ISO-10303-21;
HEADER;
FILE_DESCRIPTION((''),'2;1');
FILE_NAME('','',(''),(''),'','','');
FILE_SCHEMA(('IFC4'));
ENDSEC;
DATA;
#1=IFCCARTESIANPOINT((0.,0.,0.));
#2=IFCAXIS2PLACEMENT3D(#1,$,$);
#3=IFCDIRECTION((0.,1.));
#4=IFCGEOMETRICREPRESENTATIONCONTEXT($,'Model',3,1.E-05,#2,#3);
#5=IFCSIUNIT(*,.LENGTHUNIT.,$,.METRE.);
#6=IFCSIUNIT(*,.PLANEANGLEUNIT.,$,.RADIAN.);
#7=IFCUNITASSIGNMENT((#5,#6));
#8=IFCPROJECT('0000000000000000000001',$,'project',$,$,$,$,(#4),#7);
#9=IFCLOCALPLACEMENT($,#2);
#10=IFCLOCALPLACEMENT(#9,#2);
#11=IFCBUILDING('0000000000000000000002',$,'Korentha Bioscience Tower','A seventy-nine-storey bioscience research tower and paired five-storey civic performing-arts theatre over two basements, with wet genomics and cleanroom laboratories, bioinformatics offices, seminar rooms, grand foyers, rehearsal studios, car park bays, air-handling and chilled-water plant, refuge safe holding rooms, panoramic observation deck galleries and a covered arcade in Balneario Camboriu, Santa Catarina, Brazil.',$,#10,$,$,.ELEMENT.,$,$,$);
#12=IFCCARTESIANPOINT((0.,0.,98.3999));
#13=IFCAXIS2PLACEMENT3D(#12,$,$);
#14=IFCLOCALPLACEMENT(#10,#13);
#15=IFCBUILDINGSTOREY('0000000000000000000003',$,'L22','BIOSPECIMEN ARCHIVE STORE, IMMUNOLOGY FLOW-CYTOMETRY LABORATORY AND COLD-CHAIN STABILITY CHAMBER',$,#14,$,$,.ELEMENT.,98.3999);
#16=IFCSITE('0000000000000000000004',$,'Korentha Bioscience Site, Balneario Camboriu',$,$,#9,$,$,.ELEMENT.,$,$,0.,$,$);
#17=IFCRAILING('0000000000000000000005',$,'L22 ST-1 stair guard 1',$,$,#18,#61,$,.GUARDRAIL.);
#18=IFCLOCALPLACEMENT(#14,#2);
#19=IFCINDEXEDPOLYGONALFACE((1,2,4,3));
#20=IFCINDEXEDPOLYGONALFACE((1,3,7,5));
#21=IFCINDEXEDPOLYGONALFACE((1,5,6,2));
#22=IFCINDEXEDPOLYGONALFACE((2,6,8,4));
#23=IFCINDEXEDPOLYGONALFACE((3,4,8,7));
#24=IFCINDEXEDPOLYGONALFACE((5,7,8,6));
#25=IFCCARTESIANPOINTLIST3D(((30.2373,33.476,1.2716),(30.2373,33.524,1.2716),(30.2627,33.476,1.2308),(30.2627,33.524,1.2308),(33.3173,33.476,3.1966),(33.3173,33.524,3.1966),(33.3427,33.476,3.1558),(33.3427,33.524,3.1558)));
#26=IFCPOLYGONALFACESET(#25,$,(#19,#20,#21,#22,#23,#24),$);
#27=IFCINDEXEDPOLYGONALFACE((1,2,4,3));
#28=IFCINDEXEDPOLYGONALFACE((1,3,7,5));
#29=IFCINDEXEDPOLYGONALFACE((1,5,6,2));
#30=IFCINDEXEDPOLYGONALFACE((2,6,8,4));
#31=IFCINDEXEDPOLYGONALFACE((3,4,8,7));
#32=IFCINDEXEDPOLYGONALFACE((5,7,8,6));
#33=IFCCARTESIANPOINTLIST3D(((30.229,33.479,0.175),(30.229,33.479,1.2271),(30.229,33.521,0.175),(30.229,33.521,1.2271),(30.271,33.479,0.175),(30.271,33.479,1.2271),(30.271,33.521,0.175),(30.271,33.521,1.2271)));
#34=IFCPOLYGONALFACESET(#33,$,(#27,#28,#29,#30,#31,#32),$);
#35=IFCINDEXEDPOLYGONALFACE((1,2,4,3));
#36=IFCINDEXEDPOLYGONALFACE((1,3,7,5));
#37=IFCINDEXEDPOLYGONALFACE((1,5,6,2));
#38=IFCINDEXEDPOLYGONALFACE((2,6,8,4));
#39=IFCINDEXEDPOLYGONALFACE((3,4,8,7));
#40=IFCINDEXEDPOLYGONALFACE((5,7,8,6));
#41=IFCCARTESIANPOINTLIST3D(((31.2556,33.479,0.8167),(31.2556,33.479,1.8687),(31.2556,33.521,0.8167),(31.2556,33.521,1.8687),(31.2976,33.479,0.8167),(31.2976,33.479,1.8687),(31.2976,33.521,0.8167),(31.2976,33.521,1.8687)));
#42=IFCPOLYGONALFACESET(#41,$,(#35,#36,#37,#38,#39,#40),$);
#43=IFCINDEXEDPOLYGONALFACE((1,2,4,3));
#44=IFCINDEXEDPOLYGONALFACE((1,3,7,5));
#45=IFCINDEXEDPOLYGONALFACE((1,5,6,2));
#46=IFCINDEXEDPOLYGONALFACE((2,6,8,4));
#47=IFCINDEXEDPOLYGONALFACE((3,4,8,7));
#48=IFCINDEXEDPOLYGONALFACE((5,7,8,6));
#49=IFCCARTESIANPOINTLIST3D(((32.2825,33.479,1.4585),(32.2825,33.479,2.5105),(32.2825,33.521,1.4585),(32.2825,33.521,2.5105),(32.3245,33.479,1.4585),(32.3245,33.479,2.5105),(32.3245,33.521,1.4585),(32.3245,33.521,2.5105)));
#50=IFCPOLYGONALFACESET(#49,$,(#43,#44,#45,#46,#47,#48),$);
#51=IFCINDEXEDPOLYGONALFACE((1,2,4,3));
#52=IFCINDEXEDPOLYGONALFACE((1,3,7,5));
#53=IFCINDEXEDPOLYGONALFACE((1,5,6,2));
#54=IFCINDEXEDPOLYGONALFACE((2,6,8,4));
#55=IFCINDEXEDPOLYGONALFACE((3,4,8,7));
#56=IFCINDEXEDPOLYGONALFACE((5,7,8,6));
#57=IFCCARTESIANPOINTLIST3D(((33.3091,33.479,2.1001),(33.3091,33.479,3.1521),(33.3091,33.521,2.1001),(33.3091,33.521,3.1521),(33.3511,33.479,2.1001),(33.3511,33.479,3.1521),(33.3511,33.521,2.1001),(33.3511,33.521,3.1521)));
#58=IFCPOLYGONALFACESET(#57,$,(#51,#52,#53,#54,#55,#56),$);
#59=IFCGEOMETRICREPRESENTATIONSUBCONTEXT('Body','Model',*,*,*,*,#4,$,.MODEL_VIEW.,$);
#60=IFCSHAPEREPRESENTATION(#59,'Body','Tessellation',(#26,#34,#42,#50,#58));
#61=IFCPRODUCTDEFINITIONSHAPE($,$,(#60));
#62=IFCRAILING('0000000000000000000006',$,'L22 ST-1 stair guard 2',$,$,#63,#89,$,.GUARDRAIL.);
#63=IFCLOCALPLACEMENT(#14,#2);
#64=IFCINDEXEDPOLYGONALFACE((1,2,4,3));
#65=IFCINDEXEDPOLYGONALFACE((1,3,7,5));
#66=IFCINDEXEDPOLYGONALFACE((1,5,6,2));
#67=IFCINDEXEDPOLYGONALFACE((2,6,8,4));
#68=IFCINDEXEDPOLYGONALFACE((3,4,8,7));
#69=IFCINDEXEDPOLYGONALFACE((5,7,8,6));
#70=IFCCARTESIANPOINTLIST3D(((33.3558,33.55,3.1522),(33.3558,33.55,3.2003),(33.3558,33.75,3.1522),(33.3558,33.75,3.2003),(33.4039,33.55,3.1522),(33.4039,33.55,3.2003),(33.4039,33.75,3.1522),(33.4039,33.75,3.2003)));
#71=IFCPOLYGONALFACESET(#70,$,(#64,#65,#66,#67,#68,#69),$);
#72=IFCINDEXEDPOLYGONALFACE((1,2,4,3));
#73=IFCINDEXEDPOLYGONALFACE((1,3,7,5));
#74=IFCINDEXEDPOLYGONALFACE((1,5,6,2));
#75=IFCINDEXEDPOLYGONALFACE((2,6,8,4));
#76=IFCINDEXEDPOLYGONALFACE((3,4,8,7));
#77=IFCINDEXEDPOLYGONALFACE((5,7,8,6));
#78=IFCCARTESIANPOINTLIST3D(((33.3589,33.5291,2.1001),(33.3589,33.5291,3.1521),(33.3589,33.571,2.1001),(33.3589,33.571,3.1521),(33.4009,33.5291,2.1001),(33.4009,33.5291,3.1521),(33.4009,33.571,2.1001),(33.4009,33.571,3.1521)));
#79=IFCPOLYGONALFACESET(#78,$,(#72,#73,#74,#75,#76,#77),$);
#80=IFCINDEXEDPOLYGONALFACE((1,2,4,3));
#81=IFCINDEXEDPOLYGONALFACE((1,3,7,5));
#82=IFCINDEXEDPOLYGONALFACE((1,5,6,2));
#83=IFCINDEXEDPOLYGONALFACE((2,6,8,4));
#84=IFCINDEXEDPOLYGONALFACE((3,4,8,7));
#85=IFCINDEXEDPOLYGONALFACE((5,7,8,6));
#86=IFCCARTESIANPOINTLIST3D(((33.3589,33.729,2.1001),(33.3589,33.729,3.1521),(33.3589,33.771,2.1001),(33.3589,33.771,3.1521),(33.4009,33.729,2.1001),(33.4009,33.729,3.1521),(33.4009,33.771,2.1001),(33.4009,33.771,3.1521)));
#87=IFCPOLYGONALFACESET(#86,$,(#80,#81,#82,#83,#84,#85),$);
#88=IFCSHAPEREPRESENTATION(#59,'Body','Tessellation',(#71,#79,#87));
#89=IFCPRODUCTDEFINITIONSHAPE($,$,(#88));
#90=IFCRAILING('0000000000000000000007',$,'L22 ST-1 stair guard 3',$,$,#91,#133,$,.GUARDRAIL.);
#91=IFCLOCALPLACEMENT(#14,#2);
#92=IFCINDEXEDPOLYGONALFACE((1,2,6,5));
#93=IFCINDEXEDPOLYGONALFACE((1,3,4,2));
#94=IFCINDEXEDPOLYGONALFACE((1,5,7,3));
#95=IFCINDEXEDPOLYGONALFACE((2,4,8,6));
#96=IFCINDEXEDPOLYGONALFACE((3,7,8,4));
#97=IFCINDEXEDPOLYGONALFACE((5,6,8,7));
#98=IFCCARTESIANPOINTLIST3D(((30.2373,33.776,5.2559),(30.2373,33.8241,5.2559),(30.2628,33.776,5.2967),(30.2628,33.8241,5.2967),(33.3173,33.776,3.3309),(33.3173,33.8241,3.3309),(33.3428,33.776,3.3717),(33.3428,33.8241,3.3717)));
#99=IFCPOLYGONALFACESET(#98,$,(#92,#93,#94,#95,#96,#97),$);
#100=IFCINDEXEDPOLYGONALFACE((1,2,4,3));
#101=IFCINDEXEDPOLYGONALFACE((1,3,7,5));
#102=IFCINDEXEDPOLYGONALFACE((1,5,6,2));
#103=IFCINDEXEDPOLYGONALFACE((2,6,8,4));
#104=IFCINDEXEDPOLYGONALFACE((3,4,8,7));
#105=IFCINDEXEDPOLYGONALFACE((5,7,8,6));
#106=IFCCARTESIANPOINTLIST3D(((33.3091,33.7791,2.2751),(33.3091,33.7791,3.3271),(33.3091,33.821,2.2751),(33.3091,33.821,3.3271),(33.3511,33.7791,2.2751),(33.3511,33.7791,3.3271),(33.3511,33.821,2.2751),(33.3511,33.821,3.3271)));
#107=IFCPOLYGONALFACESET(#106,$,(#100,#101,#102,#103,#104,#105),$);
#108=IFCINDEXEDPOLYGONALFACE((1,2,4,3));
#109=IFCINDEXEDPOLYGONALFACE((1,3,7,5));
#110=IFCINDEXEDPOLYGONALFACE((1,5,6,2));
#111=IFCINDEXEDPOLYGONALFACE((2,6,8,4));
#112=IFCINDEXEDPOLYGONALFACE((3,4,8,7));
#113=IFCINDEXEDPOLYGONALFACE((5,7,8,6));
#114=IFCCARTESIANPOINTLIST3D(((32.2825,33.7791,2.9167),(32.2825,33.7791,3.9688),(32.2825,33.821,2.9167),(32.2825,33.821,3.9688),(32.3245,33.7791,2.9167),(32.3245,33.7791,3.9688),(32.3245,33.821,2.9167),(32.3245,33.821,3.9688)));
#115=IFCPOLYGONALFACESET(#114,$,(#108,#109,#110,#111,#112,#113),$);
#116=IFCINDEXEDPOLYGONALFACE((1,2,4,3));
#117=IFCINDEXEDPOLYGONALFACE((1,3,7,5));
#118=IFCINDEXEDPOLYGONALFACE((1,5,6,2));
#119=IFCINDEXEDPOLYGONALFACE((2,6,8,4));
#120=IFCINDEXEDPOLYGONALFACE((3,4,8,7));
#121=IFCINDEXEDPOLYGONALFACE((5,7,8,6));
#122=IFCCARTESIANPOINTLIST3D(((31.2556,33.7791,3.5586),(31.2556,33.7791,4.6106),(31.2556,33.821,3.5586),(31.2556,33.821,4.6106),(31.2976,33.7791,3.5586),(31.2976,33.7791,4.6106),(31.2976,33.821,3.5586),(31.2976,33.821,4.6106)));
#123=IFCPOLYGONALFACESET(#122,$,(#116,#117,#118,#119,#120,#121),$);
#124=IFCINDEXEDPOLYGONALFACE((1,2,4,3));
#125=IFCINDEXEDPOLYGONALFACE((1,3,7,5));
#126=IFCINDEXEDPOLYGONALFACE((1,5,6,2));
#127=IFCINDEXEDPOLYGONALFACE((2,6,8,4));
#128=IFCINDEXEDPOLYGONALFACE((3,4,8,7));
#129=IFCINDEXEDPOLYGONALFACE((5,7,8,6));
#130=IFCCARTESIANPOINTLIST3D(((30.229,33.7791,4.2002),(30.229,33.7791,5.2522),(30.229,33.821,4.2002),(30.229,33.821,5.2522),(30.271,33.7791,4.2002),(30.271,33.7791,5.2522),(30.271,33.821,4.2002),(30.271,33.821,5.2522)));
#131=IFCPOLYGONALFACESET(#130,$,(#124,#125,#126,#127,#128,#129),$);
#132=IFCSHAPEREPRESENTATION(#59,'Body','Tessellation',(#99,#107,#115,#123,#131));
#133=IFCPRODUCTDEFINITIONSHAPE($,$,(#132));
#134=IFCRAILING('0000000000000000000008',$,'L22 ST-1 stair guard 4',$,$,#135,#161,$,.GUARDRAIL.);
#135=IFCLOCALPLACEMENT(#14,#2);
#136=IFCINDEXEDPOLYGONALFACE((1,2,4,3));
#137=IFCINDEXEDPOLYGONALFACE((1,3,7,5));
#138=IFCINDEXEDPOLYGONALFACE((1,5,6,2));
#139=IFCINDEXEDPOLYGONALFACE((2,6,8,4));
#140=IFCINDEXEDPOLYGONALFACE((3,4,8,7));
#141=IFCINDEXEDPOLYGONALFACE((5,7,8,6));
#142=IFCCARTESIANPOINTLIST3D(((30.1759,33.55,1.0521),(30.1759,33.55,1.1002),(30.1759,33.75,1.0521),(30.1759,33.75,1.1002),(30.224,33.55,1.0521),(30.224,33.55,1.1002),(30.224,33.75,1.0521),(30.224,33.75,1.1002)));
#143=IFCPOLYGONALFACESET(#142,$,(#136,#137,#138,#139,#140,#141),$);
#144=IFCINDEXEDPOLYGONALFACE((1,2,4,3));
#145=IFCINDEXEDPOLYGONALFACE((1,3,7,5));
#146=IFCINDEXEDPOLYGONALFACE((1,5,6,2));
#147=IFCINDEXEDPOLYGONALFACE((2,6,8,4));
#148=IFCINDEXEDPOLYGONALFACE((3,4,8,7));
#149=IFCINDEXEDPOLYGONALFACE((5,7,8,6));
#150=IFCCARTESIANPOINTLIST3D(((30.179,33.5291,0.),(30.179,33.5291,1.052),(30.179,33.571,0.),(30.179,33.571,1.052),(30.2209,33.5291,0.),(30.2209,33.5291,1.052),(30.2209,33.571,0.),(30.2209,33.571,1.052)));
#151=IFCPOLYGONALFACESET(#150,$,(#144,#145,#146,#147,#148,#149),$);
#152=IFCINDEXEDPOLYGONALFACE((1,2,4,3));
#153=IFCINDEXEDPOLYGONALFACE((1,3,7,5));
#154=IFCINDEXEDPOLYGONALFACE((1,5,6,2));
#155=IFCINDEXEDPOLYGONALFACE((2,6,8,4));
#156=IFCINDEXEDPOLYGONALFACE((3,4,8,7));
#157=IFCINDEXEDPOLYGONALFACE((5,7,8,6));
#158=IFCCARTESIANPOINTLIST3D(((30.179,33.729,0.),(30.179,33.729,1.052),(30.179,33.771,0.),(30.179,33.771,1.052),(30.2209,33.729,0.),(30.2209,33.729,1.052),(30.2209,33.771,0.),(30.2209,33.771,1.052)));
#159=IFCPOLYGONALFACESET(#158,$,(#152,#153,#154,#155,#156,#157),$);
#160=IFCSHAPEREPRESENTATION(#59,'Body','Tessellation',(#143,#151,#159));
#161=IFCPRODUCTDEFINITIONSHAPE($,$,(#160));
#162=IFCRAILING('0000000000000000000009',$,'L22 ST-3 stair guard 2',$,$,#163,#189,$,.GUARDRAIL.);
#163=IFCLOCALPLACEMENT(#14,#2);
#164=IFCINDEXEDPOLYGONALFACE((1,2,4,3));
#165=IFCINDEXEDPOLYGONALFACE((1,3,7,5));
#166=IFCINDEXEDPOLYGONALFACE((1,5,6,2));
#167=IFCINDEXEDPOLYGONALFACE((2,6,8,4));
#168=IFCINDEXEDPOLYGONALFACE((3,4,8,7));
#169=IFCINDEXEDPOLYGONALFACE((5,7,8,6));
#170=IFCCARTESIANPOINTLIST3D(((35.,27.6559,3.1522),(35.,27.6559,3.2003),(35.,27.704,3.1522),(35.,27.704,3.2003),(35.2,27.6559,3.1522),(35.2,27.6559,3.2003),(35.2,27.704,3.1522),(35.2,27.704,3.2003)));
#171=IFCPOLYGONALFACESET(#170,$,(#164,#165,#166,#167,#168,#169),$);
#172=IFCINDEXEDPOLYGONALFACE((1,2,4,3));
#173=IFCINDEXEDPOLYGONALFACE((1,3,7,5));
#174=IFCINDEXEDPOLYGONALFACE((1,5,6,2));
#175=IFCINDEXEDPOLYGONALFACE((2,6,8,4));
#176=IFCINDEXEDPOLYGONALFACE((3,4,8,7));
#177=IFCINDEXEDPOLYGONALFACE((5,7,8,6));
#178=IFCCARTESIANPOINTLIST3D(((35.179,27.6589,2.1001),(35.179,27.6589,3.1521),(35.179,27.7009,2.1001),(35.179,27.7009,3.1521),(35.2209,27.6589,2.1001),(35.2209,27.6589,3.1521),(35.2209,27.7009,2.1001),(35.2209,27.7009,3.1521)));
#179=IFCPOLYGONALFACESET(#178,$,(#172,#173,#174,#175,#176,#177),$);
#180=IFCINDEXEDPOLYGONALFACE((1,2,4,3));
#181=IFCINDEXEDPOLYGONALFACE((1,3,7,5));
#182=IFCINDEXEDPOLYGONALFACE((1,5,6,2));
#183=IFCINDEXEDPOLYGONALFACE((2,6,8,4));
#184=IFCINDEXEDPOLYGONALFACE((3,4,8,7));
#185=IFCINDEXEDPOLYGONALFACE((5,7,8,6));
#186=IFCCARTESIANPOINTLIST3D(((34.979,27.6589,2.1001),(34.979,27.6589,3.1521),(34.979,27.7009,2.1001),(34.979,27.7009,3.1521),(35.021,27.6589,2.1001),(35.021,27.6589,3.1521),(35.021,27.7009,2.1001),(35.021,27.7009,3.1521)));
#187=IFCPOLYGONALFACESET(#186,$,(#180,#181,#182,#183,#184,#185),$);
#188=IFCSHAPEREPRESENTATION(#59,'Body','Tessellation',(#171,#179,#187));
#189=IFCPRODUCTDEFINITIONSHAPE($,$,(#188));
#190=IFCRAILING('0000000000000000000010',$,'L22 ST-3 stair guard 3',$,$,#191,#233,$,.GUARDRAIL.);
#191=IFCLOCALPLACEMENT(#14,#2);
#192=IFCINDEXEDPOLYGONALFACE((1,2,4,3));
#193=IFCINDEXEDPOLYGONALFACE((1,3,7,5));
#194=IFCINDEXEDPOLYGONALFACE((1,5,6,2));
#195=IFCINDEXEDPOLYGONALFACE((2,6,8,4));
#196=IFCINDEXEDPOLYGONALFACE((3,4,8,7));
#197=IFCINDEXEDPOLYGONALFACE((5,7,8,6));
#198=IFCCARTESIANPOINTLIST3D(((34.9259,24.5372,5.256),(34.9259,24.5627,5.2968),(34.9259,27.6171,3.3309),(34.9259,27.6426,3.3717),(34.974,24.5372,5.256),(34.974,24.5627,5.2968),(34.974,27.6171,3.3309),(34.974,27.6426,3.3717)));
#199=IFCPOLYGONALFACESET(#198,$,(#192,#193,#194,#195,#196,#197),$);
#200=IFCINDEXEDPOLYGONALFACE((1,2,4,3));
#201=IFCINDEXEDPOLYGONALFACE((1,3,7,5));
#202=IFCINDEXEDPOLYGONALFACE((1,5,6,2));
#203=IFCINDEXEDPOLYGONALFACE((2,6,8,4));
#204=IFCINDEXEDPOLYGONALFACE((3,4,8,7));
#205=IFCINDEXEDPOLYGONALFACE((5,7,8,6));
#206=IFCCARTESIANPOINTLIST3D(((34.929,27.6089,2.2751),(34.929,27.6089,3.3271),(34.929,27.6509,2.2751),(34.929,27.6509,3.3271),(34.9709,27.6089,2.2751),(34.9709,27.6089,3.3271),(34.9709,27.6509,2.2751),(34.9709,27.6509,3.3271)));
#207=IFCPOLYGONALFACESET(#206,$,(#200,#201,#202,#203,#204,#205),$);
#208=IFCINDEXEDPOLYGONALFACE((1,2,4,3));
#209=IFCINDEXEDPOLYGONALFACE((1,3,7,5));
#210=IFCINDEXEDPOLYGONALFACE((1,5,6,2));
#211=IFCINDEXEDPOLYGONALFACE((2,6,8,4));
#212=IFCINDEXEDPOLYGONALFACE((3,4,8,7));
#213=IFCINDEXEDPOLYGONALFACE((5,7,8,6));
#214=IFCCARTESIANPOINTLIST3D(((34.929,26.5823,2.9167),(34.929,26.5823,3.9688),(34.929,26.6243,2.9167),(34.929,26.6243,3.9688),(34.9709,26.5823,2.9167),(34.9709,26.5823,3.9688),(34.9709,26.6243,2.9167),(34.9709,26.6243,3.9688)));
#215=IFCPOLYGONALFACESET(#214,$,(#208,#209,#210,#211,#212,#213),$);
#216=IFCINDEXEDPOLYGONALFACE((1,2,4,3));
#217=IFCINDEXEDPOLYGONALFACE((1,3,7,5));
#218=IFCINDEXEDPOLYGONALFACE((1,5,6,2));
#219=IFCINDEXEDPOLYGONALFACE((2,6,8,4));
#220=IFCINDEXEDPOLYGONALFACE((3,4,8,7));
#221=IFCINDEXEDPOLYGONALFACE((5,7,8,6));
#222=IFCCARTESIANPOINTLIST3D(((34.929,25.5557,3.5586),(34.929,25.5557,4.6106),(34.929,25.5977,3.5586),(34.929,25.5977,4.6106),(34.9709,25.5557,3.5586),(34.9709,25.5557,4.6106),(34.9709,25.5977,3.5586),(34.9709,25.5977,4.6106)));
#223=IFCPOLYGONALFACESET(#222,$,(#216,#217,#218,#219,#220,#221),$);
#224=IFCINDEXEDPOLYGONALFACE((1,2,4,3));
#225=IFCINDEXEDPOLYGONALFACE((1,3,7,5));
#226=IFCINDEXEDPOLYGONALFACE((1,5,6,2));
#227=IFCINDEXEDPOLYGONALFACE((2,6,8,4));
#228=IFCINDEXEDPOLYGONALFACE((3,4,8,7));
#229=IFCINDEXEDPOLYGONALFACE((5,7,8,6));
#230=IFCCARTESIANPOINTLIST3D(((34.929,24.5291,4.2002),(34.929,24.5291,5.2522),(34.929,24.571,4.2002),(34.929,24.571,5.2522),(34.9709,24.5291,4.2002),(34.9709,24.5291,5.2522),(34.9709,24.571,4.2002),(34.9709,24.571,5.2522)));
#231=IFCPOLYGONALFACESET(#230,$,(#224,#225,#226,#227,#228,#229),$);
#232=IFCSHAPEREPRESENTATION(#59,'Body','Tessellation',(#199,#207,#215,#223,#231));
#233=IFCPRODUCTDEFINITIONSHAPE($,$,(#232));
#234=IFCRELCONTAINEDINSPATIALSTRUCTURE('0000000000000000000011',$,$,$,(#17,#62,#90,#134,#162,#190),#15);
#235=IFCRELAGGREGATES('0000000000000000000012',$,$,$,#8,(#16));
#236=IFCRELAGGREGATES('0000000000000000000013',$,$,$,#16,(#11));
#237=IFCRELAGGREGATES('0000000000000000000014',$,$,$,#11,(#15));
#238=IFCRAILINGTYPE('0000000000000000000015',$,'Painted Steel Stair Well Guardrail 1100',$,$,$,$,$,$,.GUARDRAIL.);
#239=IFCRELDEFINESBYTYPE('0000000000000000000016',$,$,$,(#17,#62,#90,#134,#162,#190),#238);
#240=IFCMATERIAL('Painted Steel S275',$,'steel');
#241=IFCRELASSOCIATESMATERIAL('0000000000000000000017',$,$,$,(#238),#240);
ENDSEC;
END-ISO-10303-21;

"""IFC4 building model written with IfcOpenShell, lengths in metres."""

from ifc_helpers import new_model, si_unit, direction, frame, origin, origin_2d, place, context, subcontext, project, spatial, rectangle, extrude, material, type_object, element, save


model = new_model("IFC4")

# Units and contexts
model_context = context("Model", 3, precision=1e-05, world=origin(), true_north=direction((0.0, 1.0)))
body_context = subcontext(model_context, "Body", "Model", "MODEL_VIEW")
ifc_project = project(units=[si_unit("LENGTHUNIT", "METRE"), si_unit("PLANEANGLEUNIT", "RADIAN")], contexts=[model_context])

# Site, building, storey
site_placement = place(None, origin())
site = spatial("IfcSite", under=ifc_project, at=site_placement, Name="Korentha Bioscience Site, Balneario Camboriu", CompositionType="ELEMENT", RefElevation=0.0)
building_placement = place(site_placement, origin())
building = spatial("IfcBuilding", under=site, at=building_placement, Name="Korentha Bioscience Tower", Description="A seventy-nine-storey bioscience research tower and paired five-storey civic performing-arts theatre over two basements, with wet genomics and cleanroom laboratories, bioinformatics offices, seminar rooms, grand foyers, rehearsal studios, car park bays, air-handling and chilled-water plant, refuge safe holding rooms, panoramic observation deck galleries and a covered arcade in Balneario Camboriu, Santa Catarina, Brazil.", CompositionType="ELEMENT")
storey_placement = place(building_placement, frame((0.0, 0.0, 98.3999)))
storey = spatial("IfcBuildingStorey", under=building, at=storey_placement, Name="L22", Description="BIOSPECIMEN ARCHIVE STORE, IMMUNOLOGY FLOW-CYTOMETRY LABORATORY AND COLD-CHAIN STABILITY CHAMBER", CompositionType="ELEMENT", Elevation=98.3999)

# Railings
ifc_material_1 = material(Name="Painted Steel S275", Category="steel")
railing_type_1 = type_object("IfcRailingType", Name="Painted Steel Stair Well Guardrail 1100", PredefinedType="GUARDRAIL", material=ifc_material_1)
railing_1_placement = place(storey_placement, frame((30.25, 33.5, 0.175)))
element("IfcRailing", 1, at=railing_1_placement, inside=storey, type_object=railing_type_1, Name="L22 ST-1 stair guard 1", PredefinedType="GUARDRAIL", context=body_context, shape_type="SweptSolid", body=[
    extrude(rectangle(XDim=0.0481, YDim=0.0481, at=origin_2d()), frame((0.0, 0.0, 1.0762), z_axis=(0.847998, 0.0, 0.529999), x_axis=(0.0, 1.0, 0.0)), (0.0, 0.0, 1.0), 3.6321),
    extrude(rectangle(XDim=0.042, YDim=0.042, at=origin_2d()), origin(), (0.0, 0.0, 1.0), 1.052),
    extrude(rectangle(XDim=0.042, YDim=0.042, at=origin_2d()), frame((1.0266, 0.0, 0.6416)), (0.0, 0.0, 1.0), 1.052),
    extrude(rectangle(XDim=0.042, YDim=0.042, at=origin_2d()), frame((2.0535, 0.0, 1.2834)), (0.0, 0.0, 1.0), 1.052),
    extrude(rectangle(XDim=0.042, YDim=0.042, at=origin_2d()), frame((3.0801, 0.0, 1.925)), (0.0, 0.0, 1.0), 1.052),
])
railing_2_placement = place(storey_placement, frame((33.3799, 33.55, 2.1001)))
element("IfcRailing", 2, at=railing_2_placement, inside=storey, type_object=railing_type_1, Name="L22 ST-1 stair guard 2", PredefinedType="GUARDRAIL", context=body_context, shape_type="SweptSolid", body=[
    extrude(rectangle(XDim=0.0481, YDim=0.0481, at=origin_2d()), frame((0.0, 0.0, 1.0762), z_axis=(0.0, 1.0, 0.0), x_axis=(-1.0, 0.0, 0.0)), (0.0, 0.0, 1.0), 0.2),
    extrude(rectangle(XDim=0.042, YDim=0.042, at=origin_2d()), origin(), (0.0, 0.0, 1.0), 1.052),
    extrude(rectangle(XDim=0.042, YDim=0.042, at=origin_2d()), frame((0.0, 0.2, 0.0)), (0.0, 0.0, 1.0), 1.052),
])
railing_3_placement = place(storey_placement, frame((33.3301, 33.8, 2.2751)))
element("IfcRailing", 3, at=railing_3_placement, inside=storey, type_object=railing_type_1, Name="L22 ST-1 stair guard 3", PredefinedType="GUARDRAIL", context=body_context, shape_type="SweptSolid", body=[
    extrude(rectangle(XDim=0.0481, YDim=0.0481, at=origin_2d()), frame((0.0, 0.0, 1.0762), z_axis=(-0.847998, 0.0, 0.529999), x_axis=(0.0, -1.0, 0.0)), (0.0, 0.0, 1.0), 3.6321),
    extrude(rectangle(XDim=0.042, YDim=0.042, at=origin_2d()), origin(), (0.0, 0.0, 1.0), 1.052),
    extrude(rectangle(XDim=0.042, YDim=0.042, at=origin_2d()), frame((-1.0266, 0.0, 0.6416)), (0.0, 0.0, 1.0), 1.052),
    extrude(rectangle(XDim=0.042, YDim=0.042, at=origin_2d()), frame((-2.0535, 0.0, 1.2834)), (0.0, 0.0, 1.0), 1.052),
    extrude(rectangle(XDim=0.042, YDim=0.042, at=origin_2d()), frame((-3.0801, 0.0, 1.925)), (0.0, 0.0, 1.0), 1.052),
])
railing_4_placement = place(storey_placement, frame((30.2, 33.55, 0.0)))
element("IfcRailing", 4, at=railing_4_placement, inside=storey, type_object=railing_type_1, Name="L22 ST-1 stair guard 4", PredefinedType="GUARDRAIL", context=body_context, shape_type="SweptSolid", body=[
    extrude(rectangle(XDim=0.0481, YDim=0.0481, at=origin_2d()), frame((0.0, 0.0, 1.0762), z_axis=(0.0, 1.0, 0.0), x_axis=(-1.0, 0.0, 0.0)), (0.0, 0.0, 1.0), 0.2),
    extrude(rectangle(XDim=0.042, YDim=0.042, at=origin_2d()), origin(), (0.0, 0.0, 1.0), 1.052),
    extrude(rectangle(XDim=0.042, YDim=0.042, at=origin_2d()), frame((0.0, 0.2, 0.0)), (0.0, 0.0, 1.0), 1.052),
])
railing_5_placement = place(storey_placement, frame((35.2, 27.6799, 2.1001)))
element("IfcRailing", 5, at=railing_5_placement, inside=storey, type_object=railing_type_1, Name="L22 ST-3 stair guard 2", PredefinedType="GUARDRAIL", context=body_context, shape_type="SweptSolid", body=[
    extrude(rectangle(XDim=0.0481, YDim=0.0481, at=origin_2d()), frame((0.0, 0.0, 1.0762), z_axis=(-1.0, 0.0, 0.0), x_axis=(0.0, -1.0, 0.0)), (0.0, 0.0, 1.0), 0.2),
    extrude(rectangle(XDim=0.042, YDim=0.042, at=origin_2d()), origin(), (0.0, 0.0, 1.0), 1.052),
    extrude(rectangle(XDim=0.042, YDim=0.042, at=origin_2d()), frame((-0.2, 0.0, 0.0)), (0.0, 0.0, 1.0), 1.052),
])
railing_6_placement = place(storey_placement, frame((34.95, 27.6299, 2.2751)))
element("IfcRailing", 6, at=railing_6_placement, inside=storey, type_object=railing_type_1, Name="L22 ST-3 stair guard 3", PredefinedType="GUARDRAIL", context=body_context, shape_type="SweptSolid", body=[
    extrude(rectangle(XDim=0.0481, YDim=0.0481, at=origin_2d()), frame((0.0, 0.0, 1.0762), z_axis=(0.0, -0.847979, 0.530029), x_axis=(1.0, 0.0, 0.0)), (0.0, 0.0, 1.0), 3.6321),
    extrude(rectangle(XDim=0.042, YDim=0.042, at=origin_2d()), origin(), (0.0, 0.0, 1.0), 1.052),
    extrude(rectangle(XDim=0.042, YDim=0.042, at=origin_2d()), frame((0.0, -1.0266, 0.6416)), (0.0, 0.0, 1.0), 1.052),
    extrude(rectangle(XDim=0.042, YDim=0.042, at=origin_2d()), frame((0.0, -2.0532, 1.2834)), (0.0, 0.0, 1.0), 1.052),
    extrude(rectangle(XDim=0.042, YDim=0.042, at=origin_2d()), frame((0.0, -3.0798, 1.925)), (0.0, 0.0, 1.0), 1.052),
])

save(model, "model.ifc")
